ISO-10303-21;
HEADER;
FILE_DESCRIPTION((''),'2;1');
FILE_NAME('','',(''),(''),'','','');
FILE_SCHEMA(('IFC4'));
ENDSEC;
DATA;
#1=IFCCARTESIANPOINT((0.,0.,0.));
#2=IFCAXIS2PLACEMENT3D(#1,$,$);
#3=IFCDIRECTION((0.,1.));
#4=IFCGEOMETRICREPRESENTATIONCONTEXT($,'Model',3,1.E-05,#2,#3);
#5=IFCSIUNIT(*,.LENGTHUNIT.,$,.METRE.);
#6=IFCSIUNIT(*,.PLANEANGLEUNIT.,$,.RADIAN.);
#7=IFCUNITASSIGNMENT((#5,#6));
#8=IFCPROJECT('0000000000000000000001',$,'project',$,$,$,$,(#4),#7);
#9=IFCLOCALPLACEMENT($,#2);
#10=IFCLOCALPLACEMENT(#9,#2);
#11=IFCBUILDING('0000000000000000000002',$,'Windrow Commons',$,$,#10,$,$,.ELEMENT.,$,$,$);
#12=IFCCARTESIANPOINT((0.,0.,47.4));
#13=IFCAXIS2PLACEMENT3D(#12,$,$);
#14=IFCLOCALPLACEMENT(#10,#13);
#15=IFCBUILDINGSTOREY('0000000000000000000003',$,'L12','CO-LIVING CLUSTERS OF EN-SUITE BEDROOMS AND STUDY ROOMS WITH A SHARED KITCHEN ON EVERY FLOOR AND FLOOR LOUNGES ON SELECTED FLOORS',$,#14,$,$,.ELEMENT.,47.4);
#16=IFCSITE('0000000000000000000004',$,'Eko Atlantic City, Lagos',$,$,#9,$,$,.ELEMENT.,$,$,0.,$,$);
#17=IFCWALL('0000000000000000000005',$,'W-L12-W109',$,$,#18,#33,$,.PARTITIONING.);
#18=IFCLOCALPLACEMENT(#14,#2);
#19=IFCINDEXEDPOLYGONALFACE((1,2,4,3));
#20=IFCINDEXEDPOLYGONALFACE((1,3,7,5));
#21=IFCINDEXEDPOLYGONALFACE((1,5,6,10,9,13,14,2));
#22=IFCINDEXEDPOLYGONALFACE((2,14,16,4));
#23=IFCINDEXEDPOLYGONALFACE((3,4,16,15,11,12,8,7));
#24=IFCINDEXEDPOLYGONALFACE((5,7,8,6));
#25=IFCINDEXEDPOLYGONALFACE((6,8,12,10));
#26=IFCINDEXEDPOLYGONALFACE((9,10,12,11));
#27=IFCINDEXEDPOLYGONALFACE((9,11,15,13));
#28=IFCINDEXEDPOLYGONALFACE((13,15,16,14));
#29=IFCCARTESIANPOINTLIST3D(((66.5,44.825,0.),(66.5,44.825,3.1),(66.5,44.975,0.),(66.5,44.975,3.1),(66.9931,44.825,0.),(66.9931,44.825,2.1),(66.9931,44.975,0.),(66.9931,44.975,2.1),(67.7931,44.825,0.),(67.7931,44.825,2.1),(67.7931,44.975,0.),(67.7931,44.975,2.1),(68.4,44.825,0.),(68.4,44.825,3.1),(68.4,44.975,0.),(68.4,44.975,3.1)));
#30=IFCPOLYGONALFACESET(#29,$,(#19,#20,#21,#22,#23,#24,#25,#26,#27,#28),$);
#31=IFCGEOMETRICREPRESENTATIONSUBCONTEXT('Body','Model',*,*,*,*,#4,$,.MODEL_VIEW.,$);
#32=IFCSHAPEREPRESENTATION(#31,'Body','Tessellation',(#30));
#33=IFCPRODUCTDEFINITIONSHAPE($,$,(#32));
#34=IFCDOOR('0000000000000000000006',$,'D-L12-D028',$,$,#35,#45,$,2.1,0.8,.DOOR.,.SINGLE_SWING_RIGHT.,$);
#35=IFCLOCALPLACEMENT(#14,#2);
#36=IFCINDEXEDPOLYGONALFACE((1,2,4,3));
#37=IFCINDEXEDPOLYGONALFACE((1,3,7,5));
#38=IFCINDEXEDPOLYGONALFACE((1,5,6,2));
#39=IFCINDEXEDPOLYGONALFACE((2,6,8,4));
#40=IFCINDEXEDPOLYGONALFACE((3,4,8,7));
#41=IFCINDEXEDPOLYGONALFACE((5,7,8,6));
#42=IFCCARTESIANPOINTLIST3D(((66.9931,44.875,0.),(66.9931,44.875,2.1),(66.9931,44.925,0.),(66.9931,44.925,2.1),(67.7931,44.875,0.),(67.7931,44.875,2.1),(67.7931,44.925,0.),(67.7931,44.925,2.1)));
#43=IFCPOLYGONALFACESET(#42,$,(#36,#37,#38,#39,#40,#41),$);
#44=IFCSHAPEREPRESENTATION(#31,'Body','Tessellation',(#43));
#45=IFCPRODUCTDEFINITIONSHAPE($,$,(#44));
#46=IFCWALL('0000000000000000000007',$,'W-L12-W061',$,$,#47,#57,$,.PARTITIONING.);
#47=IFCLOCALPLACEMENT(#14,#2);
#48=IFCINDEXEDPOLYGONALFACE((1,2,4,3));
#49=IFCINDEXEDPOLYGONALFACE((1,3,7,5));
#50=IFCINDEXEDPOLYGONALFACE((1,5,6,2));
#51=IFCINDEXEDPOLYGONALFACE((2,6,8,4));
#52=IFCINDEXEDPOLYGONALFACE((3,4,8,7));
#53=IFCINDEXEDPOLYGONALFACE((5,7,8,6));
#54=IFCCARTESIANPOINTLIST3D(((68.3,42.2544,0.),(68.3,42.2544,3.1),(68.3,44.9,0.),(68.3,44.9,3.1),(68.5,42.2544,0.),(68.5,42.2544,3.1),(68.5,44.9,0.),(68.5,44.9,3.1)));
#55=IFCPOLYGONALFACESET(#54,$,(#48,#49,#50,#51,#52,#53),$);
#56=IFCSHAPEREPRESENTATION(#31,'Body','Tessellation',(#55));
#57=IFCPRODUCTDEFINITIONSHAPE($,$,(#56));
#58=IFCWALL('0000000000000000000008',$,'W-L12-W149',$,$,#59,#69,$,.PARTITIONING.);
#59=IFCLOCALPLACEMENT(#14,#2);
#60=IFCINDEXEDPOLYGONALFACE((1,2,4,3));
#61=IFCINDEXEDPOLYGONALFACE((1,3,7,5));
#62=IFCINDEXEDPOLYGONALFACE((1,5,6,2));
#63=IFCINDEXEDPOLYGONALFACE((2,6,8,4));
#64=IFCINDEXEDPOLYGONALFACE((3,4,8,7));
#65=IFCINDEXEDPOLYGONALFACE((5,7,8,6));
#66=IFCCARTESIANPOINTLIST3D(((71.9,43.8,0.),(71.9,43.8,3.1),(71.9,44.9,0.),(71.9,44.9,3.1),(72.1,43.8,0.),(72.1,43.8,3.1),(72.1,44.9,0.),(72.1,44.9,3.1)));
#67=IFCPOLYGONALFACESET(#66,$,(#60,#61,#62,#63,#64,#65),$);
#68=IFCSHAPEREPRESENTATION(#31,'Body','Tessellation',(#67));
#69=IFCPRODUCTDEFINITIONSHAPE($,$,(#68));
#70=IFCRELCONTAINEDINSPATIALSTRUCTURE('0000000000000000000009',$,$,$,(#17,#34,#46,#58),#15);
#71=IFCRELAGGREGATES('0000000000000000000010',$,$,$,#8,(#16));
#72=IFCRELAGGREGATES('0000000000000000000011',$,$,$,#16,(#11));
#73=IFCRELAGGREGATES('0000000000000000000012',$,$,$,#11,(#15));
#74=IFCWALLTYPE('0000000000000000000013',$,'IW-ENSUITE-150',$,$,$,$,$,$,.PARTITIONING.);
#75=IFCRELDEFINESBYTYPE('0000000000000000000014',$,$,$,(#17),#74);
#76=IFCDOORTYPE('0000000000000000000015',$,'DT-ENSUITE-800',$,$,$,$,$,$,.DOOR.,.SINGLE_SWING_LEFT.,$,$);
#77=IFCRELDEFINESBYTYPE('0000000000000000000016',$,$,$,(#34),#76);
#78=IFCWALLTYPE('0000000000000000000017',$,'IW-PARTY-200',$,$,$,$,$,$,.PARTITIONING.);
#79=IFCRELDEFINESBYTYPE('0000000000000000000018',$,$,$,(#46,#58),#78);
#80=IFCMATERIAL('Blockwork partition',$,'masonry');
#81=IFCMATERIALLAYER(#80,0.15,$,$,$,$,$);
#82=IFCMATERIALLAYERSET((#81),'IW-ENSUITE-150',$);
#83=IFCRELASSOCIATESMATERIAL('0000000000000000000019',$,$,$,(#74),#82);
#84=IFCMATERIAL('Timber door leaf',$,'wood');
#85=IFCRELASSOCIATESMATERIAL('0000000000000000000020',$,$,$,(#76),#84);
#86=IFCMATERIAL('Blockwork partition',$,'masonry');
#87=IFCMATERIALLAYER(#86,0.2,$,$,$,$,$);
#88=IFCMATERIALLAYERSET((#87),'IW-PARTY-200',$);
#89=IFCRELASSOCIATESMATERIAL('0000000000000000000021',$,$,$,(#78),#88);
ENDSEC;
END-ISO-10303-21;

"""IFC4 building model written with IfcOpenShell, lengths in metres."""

from ifc_helpers import new_model, si_unit, direction, frame, frame_2d, origin, place, context, subcontext, project, spatial, rectangle, extrude, material, layer, layer_set, type_object, element, fill, save


model = new_model("IFC4")

# Units and contexts
model_context = context("Model", 3, precision=1e-05, world=origin(), true_north=direction((0.0, 1.0)))
body_context = subcontext(model_context, "Body", "Model", "MODEL_VIEW")
ifc_project = project(units=[si_unit("LENGTHUNIT", "METRE"), si_unit("PLANEANGLEUNIT", "RADIAN")], contexts=[model_context])

# Site, building, storey
site_placement = place(None, origin())
site = spatial("IfcSite", under=ifc_project, at=site_placement, Name="Eko Atlantic City, Lagos", CompositionType="ELEMENT", RefElevation=0.0)
building_placement = place(site_placement, origin())
building = spatial("IfcBuilding", under=site, at=building_placement, Name="Windrow Commons", CompositionType="ELEMENT")
storey_placement = place(building_placement, frame((0.0, 0.0, 47.4)))
storey = spatial("IfcBuildingStorey", under=building, at=storey_placement, Name="L12", Description="CO-LIVING CLUSTERS OF EN-SUITE BEDROOMS AND STUDY ROOMS WITH A SHARED KITCHEN ON EVERY FLOOR AND FLOOR LOUNGES ON SELECTED FLOORS", CompositionType="ELEMENT", Elevation=47.4)

# Shared definitions
ifc_material_1 = material(Name="Blockwork partition", Category="masonry")
ifc_layer_1 = layer(ifc_material_1, 0.15)
ifc_layer_set_1 = layer_set([ifc_layer_1], Name="IW-ENSUITE-150")
wall_type_1 = type_object("IfcWallType", Name="IW-ENSUITE-150", PredefinedType="PARTITIONING", material=ifc_layer_set_1)

# Wall, opening, door
wall_1_placement = place(storey_placement, frame((66.5, 44.9, 0.0), z_axis=(0.0, 0.0, 1.0), x_axis=(1.0, 0.0, 0.0)))
wall_1 = element("IfcWall", 1, at=wall_1_placement, inside=storey, type_object=wall_type_1, Name="W-L12-W109", PredefinedType="PARTITIONING", context=body_context, shape_type="SweptSolid", body=[
    extrude(rectangle(XDim=1.9, YDim=0.15, at=frame_2d((0.95, 0.0))), origin(), (0.0, 0.0, 1.0), 3.1),
])
opening_1_placement = place(wall_1_placement, frame((0.4931, 0.0, 0.0)))
opening_1 = element("IfcOpeningElement", 2, at=opening_1_placement, cuts=wall_1, PredefinedType="OPENING", context=body_context, shape_type="SweptSolid", body=[
    extrude(rectangle(XDim=0.8, YDim=2.1, at=frame_2d((0.4, 1.05))), frame((0.0, 0.085, 0.0), z_axis=(0.0, -1.0, 0.0), x_axis=(1.0, 0.0, 0.0)), (0.0, 0.0, 1.0), 0.17),
])
ifc_material_2 = material(Name="Timber door leaf", Category="wood")
door_type = type_object("IfcDoorType", Name="DT-ENSUITE-800", OperationType="SINGLE_SWING_LEFT", PredefinedType="DOOR", material=ifc_material_2)
door_placement = place(opening_1_placement, origin())
door = element("IfcDoor", 3, at=door_placement, inside=storey, type_object=door_type, Name="D-L12-D028", OperationType="SINGLE_SWING_RIGHT", OverallHeight=2.1, OverallWidth=0.8, PredefinedType="DOOR", context=body_context, shape_type="SweptSolid", body=[
    extrude(rectangle(XDim=0.8, YDim=2.1, at=frame_2d((0.4, 1.05))), frame((0.0, 0.025, 0.0), z_axis=(0.0, -1.0, 0.0), x_axis=(1.0, 0.0, 0.0)), (0.0, 0.0, 1.0), 0.05),
])
fill(opening_1, door)

# Walls
ifc_material_3 = material(Name="Blockwork partition", Category="masonry")
ifc_layer_2 = layer(ifc_material_3, 0.2)
ifc_layer_set_2 = layer_set([ifc_layer_2], Name="IW-PARTY-200")
wall_type_2 = type_object("IfcWallType", Name="IW-PARTY-200", PredefinedType="PARTITIONING", material=ifc_layer_set_2)
wall_2_placement = place(storey_placement, frame((68.4, 42.2543, 0.0), z_axis=(0.0, 0.0, 1.0), x_axis=(0.0, 1.0, 0.0)))
element("IfcWall", 4, at=wall_2_placement, inside=storey, type_object=wall_type_2, Name="W-L12-W061", PredefinedType="PARTITIONING", context=body_context, shape_type="SweptSolid", body=[
    extrude(rectangle(XDim=2.6457, YDim=0.2, at=frame_2d((1.3229, 0.0))), origin(), (0.0, 0.0, 1.0), 3.1),
])
wall_3_placement = place(storey_placement, frame((72.0, 43.8, 0.0), z_axis=(0.0, 0.0, 1.0), x_axis=(0.0, 1.0, 0.0)))
element("IfcWall", 5, at=wall_3_placement, inside=storey, type_object=wall_type_2, Name="W-L12-W149", PredefinedType="PARTITIONING", context=body_context, shape_type="SweptSolid", body=[
    extrude(rectangle(XDim=1.1, YDim=0.2, at=frame_2d((0.55, 0.0))), origin(), (0.0, 0.0, 1.0), 3.1),
])

save(model, "model.ifc")
